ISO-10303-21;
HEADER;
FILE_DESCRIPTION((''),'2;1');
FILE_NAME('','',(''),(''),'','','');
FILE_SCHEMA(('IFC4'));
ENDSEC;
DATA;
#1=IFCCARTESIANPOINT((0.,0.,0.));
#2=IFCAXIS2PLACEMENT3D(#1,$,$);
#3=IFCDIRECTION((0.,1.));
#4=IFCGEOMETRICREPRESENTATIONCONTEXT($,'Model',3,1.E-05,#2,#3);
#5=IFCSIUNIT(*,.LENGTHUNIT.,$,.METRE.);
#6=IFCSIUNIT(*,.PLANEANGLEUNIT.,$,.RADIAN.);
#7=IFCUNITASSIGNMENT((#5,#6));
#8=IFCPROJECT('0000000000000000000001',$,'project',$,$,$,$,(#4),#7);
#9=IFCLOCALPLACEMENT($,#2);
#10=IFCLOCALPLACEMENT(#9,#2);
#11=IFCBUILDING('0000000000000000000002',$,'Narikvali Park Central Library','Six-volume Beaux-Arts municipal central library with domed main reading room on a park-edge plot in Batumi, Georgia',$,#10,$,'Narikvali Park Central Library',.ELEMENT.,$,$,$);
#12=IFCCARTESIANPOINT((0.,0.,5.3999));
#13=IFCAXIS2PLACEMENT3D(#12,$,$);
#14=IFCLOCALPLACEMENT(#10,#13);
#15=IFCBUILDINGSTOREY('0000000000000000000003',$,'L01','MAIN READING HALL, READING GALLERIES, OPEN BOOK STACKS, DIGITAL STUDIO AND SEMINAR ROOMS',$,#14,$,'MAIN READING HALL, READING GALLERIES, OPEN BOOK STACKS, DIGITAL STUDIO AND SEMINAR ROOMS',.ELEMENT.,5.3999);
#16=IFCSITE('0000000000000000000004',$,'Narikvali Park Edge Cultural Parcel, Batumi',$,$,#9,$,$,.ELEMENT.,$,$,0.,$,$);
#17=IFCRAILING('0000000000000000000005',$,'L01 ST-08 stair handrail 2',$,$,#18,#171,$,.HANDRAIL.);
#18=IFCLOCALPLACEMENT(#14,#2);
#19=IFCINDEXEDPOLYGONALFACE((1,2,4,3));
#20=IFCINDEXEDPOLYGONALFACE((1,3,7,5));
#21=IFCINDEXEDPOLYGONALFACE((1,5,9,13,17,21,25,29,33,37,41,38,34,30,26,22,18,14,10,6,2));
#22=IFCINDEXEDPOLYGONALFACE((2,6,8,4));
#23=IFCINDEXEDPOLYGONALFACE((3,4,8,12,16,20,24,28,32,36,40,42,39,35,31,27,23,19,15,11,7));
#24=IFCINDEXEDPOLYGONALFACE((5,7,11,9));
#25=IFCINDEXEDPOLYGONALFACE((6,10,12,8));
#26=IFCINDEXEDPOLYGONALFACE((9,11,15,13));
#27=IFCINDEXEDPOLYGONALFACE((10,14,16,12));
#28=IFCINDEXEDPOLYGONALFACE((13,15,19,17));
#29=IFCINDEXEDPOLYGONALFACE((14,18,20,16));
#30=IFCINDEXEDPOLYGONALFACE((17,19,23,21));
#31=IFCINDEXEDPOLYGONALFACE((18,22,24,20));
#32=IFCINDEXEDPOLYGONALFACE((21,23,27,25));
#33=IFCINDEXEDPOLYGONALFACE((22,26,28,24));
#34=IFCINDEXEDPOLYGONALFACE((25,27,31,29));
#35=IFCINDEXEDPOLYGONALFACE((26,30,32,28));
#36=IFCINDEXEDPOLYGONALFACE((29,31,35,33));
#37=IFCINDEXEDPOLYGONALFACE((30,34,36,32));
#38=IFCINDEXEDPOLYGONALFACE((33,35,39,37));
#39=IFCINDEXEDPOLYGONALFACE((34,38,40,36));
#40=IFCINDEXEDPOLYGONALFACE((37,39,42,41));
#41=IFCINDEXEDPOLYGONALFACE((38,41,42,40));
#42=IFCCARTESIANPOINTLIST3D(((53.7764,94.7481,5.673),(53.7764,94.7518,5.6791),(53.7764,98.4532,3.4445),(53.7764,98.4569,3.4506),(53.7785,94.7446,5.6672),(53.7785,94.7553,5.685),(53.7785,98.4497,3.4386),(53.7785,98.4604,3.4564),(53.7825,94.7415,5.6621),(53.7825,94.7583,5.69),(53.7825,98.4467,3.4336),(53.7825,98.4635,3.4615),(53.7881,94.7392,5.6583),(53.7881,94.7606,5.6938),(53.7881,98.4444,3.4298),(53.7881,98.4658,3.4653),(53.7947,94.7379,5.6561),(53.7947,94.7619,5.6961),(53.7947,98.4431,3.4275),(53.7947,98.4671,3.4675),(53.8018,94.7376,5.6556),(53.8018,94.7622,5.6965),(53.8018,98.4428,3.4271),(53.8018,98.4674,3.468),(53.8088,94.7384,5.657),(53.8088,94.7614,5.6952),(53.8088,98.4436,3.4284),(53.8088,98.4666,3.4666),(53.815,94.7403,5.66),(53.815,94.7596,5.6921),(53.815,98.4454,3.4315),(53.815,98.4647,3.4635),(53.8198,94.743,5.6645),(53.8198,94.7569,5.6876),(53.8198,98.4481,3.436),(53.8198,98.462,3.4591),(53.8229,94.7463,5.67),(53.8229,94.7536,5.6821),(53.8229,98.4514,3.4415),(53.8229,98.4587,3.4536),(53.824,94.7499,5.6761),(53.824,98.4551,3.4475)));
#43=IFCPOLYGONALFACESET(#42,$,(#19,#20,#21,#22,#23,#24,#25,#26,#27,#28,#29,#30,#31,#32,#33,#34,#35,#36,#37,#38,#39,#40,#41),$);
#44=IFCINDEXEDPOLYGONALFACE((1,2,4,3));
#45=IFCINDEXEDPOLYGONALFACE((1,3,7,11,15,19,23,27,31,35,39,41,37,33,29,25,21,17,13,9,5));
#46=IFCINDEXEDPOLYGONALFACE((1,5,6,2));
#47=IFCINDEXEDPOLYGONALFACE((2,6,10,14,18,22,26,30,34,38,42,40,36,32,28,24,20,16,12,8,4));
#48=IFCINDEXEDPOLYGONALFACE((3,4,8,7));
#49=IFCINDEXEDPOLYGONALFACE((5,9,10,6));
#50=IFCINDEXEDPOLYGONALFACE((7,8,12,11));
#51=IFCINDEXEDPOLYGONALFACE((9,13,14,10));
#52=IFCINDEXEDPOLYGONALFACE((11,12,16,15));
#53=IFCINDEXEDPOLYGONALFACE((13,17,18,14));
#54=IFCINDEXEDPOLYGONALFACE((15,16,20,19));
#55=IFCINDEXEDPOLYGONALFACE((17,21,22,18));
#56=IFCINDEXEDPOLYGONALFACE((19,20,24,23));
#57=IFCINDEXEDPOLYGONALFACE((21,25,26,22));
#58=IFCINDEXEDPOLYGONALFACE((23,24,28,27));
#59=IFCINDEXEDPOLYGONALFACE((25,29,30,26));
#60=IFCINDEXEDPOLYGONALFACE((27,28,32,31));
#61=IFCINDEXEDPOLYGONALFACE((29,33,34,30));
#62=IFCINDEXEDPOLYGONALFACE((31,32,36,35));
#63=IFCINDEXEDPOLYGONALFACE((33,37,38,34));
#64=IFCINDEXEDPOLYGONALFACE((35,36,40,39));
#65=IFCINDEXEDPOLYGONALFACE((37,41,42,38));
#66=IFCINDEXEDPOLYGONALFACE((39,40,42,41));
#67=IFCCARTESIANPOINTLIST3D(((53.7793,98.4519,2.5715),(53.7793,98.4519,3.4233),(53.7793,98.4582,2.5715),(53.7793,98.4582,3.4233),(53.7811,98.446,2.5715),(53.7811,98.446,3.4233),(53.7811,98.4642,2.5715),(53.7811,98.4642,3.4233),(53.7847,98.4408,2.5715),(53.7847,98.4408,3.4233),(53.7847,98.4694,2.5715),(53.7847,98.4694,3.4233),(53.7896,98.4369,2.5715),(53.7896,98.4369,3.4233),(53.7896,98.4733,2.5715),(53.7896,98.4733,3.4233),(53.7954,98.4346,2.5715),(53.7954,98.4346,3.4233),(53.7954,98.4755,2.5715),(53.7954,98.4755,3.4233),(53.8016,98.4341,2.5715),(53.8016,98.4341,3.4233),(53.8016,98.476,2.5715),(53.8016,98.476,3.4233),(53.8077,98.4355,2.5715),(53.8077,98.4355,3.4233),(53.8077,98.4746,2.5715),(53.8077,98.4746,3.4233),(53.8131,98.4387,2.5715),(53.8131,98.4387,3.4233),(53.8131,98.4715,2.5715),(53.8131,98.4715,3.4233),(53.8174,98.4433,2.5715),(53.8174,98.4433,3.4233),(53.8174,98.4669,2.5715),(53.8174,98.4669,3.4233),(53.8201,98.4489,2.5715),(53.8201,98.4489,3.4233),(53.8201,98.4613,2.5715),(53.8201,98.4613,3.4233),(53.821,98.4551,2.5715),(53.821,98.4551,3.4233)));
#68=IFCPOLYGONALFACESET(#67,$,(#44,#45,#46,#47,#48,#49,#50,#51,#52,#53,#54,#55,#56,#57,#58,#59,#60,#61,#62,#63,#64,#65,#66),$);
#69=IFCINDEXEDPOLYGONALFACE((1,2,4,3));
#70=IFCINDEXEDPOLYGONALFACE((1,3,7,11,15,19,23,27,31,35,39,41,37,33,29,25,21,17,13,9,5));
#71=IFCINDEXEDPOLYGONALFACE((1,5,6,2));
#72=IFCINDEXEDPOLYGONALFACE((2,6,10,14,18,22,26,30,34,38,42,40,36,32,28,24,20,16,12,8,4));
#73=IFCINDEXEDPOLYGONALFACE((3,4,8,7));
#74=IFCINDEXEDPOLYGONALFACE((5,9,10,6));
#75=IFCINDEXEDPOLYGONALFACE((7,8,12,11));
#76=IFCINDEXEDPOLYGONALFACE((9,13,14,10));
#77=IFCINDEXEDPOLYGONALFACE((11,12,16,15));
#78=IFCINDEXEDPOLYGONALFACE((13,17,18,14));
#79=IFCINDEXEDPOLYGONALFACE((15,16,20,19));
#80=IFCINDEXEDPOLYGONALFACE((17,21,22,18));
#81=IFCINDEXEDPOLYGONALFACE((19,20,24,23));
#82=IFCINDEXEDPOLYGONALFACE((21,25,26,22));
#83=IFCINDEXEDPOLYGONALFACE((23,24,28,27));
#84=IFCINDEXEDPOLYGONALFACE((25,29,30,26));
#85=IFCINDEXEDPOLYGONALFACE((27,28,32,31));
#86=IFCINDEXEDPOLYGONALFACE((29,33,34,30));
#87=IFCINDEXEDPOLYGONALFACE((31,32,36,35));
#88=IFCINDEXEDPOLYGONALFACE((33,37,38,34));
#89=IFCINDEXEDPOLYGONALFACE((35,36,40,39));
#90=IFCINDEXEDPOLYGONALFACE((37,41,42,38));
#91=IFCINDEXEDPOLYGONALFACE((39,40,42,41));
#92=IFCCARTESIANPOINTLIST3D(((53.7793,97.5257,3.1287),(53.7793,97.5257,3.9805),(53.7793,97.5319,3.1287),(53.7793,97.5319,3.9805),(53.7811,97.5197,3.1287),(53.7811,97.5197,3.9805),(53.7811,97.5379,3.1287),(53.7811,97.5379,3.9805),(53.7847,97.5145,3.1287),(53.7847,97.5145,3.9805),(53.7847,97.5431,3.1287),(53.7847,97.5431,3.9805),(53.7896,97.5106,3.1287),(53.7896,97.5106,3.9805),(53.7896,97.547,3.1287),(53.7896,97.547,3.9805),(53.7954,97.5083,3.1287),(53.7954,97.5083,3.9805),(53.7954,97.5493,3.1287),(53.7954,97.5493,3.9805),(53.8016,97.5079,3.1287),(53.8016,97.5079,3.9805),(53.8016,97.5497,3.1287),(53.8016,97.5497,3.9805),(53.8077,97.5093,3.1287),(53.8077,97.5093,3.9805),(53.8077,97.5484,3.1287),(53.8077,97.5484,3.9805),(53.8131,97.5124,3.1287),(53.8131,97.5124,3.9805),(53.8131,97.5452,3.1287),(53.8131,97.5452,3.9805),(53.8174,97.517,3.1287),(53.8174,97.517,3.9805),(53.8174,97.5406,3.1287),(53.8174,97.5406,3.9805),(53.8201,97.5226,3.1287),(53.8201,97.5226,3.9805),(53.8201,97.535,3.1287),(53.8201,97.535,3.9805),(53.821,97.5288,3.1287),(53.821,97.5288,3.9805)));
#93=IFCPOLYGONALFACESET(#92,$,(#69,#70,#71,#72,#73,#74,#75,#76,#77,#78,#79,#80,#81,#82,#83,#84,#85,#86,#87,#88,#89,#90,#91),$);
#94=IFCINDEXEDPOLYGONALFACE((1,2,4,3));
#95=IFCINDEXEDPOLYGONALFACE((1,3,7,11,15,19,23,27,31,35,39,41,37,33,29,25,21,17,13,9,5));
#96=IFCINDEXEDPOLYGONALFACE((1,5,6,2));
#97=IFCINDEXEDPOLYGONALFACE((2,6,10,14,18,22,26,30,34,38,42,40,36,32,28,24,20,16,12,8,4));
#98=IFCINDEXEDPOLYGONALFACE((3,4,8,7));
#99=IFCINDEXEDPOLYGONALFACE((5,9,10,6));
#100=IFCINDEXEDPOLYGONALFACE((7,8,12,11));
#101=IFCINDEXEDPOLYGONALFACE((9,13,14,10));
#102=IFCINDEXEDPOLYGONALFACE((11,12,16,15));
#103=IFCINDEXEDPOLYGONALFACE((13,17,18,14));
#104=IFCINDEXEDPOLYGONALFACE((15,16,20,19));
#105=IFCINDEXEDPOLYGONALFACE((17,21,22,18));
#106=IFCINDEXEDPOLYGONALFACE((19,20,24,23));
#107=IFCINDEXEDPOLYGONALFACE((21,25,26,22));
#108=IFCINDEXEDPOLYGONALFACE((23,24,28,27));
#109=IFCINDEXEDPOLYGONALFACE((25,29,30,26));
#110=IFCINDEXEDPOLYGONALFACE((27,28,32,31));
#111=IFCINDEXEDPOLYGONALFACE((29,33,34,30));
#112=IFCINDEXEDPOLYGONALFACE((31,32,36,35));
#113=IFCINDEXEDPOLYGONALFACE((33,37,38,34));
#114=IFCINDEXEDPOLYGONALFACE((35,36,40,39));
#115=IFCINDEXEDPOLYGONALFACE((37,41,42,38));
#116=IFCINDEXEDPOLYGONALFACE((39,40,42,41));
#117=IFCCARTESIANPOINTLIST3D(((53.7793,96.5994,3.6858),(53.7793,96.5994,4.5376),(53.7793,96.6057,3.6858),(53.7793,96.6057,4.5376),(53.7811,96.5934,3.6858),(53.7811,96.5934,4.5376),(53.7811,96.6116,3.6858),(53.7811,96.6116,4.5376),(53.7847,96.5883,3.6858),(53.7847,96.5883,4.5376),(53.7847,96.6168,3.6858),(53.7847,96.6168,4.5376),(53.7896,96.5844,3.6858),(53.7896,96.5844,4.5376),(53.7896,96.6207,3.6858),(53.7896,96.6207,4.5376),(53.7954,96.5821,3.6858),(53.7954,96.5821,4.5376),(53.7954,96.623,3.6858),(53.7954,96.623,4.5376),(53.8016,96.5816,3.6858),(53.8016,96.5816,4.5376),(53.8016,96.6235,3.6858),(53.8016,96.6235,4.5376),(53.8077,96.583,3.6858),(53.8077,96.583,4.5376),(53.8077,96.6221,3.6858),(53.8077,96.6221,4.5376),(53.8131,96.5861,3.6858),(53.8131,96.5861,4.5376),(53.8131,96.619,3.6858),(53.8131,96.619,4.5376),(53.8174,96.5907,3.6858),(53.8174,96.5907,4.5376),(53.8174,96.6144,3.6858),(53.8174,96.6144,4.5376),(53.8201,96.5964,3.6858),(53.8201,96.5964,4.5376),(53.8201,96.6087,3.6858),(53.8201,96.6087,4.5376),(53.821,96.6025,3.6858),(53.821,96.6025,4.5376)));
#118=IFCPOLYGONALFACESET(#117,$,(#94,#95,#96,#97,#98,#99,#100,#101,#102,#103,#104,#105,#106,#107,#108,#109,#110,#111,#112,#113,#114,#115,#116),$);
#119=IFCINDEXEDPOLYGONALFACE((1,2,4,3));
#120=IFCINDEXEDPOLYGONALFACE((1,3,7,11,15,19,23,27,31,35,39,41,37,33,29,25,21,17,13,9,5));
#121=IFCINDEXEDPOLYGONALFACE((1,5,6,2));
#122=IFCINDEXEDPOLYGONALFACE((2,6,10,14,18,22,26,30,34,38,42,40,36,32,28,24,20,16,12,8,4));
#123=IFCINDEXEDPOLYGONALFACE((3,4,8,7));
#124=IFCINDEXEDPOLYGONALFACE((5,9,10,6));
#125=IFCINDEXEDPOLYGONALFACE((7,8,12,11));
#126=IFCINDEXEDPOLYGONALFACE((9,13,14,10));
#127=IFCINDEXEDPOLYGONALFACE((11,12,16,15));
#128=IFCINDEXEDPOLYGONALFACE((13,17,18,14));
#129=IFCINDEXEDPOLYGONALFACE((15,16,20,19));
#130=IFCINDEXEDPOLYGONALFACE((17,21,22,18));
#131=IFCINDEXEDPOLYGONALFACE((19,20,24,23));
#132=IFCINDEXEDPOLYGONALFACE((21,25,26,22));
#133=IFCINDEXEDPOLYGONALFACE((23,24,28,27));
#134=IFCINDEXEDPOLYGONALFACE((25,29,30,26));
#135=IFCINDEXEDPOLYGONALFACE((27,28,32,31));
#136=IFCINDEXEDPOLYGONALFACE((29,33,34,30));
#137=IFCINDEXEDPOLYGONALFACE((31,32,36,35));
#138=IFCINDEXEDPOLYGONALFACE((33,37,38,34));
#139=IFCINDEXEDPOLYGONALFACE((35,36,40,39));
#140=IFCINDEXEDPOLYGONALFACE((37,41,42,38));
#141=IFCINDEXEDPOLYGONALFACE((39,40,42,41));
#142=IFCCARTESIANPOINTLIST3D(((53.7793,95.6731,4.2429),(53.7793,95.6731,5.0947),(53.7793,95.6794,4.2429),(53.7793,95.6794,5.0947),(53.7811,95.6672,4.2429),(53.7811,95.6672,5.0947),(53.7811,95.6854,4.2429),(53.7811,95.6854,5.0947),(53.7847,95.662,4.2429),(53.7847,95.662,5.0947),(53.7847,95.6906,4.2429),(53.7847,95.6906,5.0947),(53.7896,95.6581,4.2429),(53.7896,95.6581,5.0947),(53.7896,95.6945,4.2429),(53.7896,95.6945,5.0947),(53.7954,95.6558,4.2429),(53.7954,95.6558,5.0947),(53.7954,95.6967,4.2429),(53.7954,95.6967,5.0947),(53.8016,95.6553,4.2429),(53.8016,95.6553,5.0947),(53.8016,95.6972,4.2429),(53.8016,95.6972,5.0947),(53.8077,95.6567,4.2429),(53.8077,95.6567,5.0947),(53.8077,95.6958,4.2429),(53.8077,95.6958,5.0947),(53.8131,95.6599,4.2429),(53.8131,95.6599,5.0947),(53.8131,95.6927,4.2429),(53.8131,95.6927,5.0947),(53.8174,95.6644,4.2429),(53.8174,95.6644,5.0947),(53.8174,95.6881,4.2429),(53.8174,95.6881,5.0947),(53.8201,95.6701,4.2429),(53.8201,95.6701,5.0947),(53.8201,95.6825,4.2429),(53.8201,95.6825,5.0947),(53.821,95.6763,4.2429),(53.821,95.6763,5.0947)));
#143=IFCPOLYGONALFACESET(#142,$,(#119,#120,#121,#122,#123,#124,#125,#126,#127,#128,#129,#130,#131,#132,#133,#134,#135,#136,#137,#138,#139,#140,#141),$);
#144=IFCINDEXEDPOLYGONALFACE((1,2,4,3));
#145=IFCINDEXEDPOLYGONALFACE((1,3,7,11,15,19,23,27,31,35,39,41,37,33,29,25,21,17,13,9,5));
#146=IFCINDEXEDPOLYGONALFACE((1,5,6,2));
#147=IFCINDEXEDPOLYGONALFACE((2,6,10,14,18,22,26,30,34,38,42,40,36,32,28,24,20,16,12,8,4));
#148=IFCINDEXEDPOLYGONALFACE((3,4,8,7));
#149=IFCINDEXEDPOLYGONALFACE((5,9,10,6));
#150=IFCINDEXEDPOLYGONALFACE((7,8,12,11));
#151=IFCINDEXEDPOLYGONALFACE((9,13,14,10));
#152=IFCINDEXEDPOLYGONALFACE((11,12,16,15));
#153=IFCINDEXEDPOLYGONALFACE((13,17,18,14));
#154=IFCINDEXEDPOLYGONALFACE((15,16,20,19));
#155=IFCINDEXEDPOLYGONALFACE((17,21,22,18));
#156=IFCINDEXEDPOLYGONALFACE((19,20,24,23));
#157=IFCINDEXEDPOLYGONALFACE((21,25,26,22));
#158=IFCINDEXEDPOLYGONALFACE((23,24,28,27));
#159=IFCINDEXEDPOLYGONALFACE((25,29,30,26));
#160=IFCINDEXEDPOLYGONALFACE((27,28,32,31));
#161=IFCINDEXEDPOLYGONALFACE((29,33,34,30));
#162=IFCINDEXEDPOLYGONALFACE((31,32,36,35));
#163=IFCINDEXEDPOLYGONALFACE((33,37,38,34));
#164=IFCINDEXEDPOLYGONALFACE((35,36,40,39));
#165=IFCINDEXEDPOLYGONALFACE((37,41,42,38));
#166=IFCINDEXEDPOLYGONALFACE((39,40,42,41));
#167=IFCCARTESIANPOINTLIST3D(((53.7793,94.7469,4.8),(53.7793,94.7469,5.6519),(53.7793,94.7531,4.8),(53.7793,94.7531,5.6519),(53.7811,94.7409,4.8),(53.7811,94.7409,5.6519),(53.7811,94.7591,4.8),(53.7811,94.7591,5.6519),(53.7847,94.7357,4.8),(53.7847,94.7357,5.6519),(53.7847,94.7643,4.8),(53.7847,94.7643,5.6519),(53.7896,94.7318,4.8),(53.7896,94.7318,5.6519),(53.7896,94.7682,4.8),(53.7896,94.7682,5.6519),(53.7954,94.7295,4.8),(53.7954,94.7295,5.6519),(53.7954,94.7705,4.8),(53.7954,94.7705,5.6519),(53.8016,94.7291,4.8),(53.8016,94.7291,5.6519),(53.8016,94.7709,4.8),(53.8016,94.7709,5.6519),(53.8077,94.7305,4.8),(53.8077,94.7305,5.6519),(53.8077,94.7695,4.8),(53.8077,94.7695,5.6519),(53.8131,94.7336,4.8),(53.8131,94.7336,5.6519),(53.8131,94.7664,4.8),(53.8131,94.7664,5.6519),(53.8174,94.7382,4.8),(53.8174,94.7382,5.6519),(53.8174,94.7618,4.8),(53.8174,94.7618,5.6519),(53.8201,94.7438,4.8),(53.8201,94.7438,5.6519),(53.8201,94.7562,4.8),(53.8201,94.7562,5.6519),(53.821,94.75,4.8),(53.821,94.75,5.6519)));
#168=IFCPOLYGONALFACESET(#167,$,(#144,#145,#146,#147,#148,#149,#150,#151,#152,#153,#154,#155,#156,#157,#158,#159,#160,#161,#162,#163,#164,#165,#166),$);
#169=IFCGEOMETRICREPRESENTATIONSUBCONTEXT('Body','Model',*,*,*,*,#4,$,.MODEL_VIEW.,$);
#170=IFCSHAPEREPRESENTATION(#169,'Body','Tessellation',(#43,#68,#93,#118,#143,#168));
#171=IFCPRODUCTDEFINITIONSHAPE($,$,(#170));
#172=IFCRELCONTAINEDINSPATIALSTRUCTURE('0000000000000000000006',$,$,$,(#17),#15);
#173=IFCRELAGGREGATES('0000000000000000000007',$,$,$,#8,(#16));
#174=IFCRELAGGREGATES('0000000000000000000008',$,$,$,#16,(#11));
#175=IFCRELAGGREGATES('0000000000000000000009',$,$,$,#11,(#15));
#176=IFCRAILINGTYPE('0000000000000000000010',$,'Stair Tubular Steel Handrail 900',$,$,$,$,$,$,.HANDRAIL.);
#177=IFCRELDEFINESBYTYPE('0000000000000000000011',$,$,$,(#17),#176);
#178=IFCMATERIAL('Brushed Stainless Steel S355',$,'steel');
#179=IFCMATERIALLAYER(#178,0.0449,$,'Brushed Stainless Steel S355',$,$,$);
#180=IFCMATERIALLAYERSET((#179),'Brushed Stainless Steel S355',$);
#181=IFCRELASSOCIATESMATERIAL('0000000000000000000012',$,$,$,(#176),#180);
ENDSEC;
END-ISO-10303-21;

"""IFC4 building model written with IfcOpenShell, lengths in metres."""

from ifc_helpers import new_model, si_unit, direction, frame, origin, origin_2d, place, context, subcontext, project, spatial, circle, extrude, material, layer, layer_set, type_object, element, save


model = new_model("IFC4")

# Units and contexts
model_context = context("Model", 3, precision=1e-05, world=origin(), true_north=direction((0.0, 1.0)))
body_context = subcontext(model_context, "Body", "Model", "MODEL_VIEW")
ifc_project = project(units=[si_unit("LENGTHUNIT", "METRE"), si_unit("PLANEANGLEUNIT", "RADIAN")], contexts=[model_context])

# Site, building, storey
site_placement = place(None, origin())
site = spatial("IfcSite", under=ifc_project, at=site_placement, Name="Narikvali Park Edge Cultural Parcel, Batumi", CompositionType="ELEMENT", RefElevation=0.0)
building_placement = place(site_placement, origin())
building = spatial("IfcBuilding", under=site, at=building_placement, Name="Narikvali Park Central Library", Description="Six-volume Beaux-Arts municipal central library with domed main reading room on a park-edge plot in Batumi, Georgia", LongName="Narikvali Park Central Library", CompositionType="ELEMENT")
storey_placement = place(building_placement, frame((0.0, 0.0, 5.3999)))
storey = spatial("IfcBuildingStorey", under=building, at=storey_placement, Name="L01", Description="MAIN READING HALL, READING GALLERIES, OPEN BOOK STACKS, DIGITAL STUDIO AND SEMINAR ROOMS", LongName="MAIN READING HALL, READING GALLERIES, OPEN BOOK STACKS, DIGITAL STUDIO AND SEMINAR ROOMS", CompositionType="ELEMENT", Elevation=5.3999)

# Shared definitions
ifc_material_1 = material(Name="Brushed Stainless Steel S355", Category="steel")

# Railing
ifc_layer_1 = layer(ifc_material_1, 0.0449, Name="Brushed Stainless Steel S355")
ifc_layer_set_1 = layer_set([ifc_layer_1], Name="Brushed Stainless Steel S355")
railing_type_1 = type_object("IfcRailingType", Name="Stair Tubular Steel Handrail 900", PredefinedType="HANDRAIL", material=ifc_layer_set_1)
railing_1_placement = place(storey_placement, frame((53.8, 98.4551, 2.5715)))
element("IfcRailing", 1, at=railing_1_placement, inside=storey, type_object=railing_type_1, Name="L01 ST-08 stair handrail 2", PredefinedType="HANDRAIL", context=body_context, shape_type="SweptSolid", body=[
    extrude(circle(Radius=0.0239, at=origin_2d()), frame((0.0, 0.0, 0.876), z_axis=(0.0, -0.856934, 0.515425), x_axis=(1.0, 0.0, 0.0)), (0.0, 0.0, 1.0), 4.3237),
    extrude(circle(Radius=0.021, at=origin_2d()), origin(), (0.0, 0.0, 1.0), 0.8518),
    extrude(circle(Radius=0.021, at=origin_2d()), frame((0.0, -0.9263, 0.5571)), (0.0, 0.0, 1.0), 0.8518),
    extrude(circle(Radius=0.021, at=origin_2d()), frame((0.0, -1.8525, 1.1143)), (0.0, 0.0, 1.0), 0.8518),
    extrude(circle(Radius=0.021, at=origin_2d()), frame((0.0, -2.7788, 1.6714)), (0.0, 0.0, 1.0), 0.8518),
    extrude(circle(Radius=0.021, at=origin_2d()), frame((0.0, -3.7051, 2.2285)), (0.0, 0.0, 1.0), 0.8518),
])

save(model, "model.ifc")
